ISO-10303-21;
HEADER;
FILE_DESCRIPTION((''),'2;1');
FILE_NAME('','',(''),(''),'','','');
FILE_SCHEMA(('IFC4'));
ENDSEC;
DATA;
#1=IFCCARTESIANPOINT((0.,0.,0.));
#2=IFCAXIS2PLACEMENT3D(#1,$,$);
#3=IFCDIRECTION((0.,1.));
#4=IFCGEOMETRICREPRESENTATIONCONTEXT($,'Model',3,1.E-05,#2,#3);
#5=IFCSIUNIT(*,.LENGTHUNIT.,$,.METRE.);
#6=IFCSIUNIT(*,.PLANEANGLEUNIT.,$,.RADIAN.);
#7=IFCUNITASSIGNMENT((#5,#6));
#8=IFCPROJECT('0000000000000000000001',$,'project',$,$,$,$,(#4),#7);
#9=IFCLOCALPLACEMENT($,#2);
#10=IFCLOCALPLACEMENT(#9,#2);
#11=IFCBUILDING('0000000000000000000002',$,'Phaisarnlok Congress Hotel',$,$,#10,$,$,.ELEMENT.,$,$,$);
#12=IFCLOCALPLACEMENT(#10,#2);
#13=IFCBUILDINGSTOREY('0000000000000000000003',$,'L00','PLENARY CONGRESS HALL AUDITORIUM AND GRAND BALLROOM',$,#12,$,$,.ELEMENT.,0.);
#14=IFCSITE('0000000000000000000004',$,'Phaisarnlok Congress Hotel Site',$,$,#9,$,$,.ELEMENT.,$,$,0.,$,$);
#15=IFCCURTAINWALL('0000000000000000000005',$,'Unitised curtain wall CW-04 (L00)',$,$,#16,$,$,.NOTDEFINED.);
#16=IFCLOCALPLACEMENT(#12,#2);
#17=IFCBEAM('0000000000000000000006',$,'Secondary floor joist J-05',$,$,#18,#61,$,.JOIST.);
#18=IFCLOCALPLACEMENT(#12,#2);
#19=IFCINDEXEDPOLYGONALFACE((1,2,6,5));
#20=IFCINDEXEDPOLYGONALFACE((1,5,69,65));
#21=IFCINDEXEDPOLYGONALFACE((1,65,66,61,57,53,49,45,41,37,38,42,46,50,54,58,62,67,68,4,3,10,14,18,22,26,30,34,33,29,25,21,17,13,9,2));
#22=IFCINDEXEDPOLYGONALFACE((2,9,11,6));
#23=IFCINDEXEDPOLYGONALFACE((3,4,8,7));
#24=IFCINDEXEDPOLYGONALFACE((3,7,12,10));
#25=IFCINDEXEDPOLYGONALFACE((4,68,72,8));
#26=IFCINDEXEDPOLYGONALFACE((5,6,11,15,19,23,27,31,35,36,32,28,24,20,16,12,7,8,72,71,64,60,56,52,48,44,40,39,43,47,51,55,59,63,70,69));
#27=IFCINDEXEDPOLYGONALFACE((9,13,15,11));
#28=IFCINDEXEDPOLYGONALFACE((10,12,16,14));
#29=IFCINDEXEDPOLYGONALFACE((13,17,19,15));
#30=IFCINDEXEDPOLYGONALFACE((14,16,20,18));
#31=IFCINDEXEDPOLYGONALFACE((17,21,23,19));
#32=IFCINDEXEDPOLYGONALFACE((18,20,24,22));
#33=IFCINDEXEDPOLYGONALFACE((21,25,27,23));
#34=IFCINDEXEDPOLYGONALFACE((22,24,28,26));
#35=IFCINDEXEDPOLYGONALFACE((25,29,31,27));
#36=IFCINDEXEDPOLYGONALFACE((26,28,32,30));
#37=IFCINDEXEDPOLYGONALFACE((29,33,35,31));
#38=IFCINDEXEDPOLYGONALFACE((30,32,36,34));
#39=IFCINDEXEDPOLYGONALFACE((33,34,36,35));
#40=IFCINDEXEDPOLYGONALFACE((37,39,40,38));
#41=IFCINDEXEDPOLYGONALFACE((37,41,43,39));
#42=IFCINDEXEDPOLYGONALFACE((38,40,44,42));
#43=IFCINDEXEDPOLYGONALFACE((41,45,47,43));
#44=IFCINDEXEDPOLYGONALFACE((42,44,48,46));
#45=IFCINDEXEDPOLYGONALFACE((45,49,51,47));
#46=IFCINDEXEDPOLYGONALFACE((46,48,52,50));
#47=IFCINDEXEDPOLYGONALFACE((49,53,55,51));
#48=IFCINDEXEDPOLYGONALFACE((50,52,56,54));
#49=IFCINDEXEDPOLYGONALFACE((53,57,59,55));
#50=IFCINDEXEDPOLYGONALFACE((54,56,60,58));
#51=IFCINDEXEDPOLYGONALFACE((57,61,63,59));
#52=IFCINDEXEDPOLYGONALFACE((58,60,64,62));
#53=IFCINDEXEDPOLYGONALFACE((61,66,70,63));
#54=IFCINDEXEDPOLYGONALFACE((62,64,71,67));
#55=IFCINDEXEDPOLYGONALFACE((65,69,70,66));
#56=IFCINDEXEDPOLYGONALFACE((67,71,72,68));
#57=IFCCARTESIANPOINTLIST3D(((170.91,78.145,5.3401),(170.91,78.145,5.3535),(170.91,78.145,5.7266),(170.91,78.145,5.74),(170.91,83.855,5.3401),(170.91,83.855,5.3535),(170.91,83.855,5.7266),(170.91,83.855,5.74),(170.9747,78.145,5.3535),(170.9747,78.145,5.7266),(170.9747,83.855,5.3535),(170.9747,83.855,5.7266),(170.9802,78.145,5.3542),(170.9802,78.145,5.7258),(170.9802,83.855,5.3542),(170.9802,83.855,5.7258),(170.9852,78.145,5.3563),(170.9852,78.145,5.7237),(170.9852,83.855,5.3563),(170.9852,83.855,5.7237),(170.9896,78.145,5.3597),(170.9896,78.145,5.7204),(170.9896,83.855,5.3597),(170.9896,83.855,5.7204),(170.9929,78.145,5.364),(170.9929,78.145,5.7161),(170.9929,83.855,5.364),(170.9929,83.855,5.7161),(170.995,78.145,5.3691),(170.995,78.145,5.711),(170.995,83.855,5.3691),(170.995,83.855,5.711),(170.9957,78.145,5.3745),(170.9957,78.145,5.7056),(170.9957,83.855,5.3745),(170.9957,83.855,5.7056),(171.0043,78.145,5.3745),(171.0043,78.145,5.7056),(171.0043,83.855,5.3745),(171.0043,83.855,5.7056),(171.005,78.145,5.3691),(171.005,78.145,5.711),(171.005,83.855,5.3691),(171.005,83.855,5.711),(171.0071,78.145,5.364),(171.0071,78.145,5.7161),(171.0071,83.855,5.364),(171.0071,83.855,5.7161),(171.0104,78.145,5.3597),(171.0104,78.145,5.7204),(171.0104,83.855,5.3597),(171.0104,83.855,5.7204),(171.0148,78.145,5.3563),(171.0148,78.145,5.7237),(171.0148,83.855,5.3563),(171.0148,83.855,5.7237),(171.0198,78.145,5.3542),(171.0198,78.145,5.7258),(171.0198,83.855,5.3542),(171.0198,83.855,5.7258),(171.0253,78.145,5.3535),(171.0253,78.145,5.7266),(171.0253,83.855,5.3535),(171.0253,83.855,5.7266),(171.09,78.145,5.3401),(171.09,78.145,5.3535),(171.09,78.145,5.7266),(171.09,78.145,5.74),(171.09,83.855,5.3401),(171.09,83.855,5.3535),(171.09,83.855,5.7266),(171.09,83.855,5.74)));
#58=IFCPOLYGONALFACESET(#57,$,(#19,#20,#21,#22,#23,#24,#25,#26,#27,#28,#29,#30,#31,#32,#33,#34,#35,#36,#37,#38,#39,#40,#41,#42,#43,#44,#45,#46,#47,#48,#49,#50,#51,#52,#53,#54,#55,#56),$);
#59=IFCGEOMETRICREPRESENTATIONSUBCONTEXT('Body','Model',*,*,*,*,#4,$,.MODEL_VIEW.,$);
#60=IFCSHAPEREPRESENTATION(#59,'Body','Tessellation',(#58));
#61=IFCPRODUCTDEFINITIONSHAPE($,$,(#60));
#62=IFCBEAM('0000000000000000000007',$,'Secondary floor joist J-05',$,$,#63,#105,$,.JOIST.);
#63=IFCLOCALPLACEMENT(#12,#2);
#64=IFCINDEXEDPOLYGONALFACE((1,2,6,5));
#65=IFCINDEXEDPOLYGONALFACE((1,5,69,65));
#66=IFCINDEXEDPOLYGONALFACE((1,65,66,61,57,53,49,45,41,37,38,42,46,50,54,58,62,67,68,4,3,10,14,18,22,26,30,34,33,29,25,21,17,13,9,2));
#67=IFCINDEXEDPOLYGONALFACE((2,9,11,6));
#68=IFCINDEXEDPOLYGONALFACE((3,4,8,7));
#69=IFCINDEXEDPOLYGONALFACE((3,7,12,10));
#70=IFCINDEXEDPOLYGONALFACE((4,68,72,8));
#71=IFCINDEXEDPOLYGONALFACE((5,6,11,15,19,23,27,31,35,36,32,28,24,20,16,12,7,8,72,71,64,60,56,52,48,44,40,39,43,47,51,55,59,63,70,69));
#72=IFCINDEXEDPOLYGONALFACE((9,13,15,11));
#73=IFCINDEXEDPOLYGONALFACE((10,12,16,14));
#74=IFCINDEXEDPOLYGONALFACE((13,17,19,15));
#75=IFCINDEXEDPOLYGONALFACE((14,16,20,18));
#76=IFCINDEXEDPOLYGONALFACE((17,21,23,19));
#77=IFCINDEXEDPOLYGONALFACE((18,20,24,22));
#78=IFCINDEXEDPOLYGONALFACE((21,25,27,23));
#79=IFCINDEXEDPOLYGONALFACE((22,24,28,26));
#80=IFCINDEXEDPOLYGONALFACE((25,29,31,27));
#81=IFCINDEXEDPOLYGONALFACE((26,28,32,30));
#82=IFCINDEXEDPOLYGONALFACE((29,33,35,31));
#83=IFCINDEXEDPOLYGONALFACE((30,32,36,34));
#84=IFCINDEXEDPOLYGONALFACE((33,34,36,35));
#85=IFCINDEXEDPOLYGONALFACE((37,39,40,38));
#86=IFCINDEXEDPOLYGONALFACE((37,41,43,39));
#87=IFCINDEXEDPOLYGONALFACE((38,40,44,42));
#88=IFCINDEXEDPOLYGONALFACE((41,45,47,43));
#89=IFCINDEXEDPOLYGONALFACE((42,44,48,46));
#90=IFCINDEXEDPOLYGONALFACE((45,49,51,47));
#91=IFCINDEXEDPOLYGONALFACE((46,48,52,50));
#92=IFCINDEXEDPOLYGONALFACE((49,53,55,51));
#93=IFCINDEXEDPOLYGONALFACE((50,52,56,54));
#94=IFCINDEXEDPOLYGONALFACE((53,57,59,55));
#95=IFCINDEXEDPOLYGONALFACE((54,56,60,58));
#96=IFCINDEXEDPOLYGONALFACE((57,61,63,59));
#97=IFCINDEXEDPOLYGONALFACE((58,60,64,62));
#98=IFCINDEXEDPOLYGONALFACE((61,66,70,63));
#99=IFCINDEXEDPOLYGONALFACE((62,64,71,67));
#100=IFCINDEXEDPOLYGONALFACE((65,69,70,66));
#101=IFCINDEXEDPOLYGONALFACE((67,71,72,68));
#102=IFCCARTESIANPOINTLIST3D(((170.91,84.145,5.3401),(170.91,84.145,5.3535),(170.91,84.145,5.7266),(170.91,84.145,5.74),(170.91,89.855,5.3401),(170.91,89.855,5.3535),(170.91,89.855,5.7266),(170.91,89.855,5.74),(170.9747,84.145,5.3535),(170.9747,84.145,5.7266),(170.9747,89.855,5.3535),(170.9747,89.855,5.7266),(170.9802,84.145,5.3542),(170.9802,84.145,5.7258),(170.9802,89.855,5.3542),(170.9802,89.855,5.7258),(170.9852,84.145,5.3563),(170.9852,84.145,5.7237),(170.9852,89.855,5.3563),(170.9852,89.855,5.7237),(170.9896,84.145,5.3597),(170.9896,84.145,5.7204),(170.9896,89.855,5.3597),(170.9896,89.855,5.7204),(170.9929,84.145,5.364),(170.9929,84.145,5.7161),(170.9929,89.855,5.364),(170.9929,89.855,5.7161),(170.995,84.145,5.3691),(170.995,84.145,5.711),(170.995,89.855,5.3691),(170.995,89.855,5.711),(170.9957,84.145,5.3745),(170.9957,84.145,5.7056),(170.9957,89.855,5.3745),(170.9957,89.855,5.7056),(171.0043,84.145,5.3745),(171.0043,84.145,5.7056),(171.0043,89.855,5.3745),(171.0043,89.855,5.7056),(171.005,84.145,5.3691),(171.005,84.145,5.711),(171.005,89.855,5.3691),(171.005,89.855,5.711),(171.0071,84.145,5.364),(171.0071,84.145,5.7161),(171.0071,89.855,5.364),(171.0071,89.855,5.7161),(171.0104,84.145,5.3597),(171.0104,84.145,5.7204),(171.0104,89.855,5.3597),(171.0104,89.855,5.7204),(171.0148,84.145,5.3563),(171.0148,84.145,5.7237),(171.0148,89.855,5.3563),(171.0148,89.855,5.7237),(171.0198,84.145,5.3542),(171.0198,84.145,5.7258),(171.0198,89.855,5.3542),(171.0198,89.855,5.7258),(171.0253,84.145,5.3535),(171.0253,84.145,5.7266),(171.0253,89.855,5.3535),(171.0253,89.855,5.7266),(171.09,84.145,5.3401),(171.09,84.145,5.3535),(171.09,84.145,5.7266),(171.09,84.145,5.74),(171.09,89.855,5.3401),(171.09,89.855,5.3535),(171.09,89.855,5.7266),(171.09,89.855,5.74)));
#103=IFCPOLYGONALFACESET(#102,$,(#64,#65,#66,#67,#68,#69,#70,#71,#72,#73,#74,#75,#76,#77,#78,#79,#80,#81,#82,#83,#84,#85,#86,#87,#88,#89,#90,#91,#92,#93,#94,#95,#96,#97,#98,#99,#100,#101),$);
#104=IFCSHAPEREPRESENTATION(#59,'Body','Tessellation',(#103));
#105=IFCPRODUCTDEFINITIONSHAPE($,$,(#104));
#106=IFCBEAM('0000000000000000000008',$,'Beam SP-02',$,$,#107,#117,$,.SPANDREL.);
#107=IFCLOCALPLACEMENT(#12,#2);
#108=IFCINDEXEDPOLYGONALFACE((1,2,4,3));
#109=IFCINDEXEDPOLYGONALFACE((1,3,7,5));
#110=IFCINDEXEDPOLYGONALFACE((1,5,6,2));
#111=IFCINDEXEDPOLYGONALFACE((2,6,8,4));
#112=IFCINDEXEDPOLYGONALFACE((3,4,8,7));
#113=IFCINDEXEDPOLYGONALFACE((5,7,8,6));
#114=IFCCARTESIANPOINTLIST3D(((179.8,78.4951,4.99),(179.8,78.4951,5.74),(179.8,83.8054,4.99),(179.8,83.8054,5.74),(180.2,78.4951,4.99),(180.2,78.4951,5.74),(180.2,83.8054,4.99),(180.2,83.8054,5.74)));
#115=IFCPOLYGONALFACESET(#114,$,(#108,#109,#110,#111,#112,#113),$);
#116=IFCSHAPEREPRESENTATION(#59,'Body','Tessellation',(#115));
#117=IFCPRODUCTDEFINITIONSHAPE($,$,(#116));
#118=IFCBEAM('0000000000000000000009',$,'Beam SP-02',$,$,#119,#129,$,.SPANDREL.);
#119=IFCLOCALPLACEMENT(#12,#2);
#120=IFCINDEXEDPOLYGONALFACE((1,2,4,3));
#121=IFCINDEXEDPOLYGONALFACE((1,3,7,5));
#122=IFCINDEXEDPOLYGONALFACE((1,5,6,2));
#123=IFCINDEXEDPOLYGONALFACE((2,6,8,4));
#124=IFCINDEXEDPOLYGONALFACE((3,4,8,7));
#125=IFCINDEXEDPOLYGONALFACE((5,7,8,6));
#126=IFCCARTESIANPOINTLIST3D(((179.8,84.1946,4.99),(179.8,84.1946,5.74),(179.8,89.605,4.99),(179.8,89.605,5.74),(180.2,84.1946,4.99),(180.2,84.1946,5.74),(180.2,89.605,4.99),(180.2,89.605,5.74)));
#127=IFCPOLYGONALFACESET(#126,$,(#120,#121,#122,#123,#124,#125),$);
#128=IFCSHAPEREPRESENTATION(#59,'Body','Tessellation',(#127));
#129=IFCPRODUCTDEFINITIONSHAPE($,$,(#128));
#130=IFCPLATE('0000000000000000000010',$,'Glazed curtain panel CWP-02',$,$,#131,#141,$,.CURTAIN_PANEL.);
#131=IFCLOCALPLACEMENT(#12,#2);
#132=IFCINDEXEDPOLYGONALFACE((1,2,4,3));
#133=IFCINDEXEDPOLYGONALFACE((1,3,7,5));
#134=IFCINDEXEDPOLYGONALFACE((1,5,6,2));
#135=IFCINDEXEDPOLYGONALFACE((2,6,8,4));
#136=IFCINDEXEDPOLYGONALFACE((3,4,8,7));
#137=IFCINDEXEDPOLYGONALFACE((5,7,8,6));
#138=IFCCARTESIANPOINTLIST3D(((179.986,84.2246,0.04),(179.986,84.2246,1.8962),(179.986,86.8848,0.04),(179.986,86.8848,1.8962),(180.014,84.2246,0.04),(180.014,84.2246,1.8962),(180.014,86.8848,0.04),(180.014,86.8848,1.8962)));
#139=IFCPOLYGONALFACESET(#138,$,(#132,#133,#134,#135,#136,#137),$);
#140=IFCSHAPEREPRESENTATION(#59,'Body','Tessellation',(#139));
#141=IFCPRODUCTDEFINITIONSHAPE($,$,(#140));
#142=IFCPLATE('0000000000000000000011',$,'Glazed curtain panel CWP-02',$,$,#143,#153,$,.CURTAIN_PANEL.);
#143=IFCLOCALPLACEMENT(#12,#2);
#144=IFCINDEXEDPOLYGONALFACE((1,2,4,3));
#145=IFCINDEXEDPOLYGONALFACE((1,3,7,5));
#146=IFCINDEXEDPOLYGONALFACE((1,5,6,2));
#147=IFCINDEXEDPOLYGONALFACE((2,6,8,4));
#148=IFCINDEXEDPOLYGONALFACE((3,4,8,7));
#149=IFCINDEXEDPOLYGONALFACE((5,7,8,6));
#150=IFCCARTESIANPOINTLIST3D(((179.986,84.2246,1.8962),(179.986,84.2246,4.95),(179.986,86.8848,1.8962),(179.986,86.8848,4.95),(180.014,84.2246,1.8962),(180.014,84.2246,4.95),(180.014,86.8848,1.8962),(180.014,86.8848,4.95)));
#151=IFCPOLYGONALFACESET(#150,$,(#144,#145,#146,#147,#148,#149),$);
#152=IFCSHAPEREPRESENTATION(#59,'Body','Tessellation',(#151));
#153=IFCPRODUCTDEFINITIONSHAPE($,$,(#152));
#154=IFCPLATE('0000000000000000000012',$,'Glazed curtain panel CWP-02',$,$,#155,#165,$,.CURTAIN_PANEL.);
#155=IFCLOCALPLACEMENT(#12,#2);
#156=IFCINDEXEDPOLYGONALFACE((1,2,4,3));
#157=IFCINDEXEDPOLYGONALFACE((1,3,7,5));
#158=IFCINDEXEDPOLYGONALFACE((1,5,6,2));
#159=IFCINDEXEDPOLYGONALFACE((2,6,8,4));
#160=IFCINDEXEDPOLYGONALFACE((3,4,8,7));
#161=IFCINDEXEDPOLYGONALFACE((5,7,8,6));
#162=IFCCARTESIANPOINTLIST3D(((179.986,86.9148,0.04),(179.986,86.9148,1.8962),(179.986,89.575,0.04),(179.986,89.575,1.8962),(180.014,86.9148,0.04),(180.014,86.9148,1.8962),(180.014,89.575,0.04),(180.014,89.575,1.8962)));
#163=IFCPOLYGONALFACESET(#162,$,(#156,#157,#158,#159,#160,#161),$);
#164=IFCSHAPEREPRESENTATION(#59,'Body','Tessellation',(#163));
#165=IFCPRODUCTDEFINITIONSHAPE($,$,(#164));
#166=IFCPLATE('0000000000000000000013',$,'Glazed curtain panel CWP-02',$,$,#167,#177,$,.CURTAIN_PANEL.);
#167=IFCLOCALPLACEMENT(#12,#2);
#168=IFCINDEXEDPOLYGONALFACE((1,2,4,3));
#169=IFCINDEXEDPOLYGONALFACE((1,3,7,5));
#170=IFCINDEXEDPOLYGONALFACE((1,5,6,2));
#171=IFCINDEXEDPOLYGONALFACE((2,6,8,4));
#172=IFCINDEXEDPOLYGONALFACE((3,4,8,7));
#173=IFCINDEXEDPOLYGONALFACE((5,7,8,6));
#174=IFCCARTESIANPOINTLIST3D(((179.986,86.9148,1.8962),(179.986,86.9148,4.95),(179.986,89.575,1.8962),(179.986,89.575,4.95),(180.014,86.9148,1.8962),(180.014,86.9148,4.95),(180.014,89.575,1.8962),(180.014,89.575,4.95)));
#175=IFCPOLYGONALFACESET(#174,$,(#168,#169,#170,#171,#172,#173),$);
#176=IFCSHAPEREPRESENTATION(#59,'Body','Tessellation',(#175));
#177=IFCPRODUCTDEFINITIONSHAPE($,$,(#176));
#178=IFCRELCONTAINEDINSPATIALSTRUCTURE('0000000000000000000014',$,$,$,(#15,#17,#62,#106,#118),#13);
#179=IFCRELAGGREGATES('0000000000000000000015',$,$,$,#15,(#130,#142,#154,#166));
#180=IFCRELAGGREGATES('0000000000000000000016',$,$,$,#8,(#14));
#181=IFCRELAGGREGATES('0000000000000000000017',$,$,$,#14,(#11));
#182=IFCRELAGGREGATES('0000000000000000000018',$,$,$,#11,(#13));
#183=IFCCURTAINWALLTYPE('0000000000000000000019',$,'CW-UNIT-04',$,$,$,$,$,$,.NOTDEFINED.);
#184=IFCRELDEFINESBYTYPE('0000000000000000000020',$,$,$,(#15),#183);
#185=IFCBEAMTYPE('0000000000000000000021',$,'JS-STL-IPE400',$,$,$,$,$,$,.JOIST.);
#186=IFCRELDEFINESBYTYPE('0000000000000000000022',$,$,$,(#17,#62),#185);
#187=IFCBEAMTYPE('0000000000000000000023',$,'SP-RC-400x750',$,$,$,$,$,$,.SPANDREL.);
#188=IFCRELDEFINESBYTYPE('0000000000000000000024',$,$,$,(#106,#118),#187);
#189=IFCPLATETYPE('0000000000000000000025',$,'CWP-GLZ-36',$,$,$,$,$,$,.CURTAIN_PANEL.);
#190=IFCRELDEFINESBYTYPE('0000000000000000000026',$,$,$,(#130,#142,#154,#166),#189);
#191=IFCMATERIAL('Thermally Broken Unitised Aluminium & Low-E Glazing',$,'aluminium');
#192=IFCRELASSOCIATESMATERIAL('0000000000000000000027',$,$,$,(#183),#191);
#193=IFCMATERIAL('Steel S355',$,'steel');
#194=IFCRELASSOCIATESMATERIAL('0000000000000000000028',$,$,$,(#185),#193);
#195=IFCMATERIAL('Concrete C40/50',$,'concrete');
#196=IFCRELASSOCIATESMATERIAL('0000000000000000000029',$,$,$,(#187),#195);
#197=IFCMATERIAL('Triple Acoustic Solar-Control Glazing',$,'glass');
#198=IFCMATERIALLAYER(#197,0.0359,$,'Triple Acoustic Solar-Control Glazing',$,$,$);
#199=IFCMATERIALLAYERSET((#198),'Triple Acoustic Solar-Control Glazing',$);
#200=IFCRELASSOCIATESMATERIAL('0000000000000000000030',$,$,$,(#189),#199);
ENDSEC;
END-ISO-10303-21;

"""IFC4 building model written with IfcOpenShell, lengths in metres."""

from ifc_helpers import new_model, si_unit, direction, frame, frame_2d, origin, origin_2d, place, context, subcontext, project, spatial, rectangle, i_section, extrude, material, layer, layer_set, material_profile, profile_set, type_object, element, aggregate, save


model = new_model("IFC4")

# Units and contexts
model_context = context("Model", 3, precision=1e-05, world=origin(), true_north=direction((0.0, 1.0)))
body_context = subcontext(model_context, "Body", "Model", "MODEL_VIEW")
ifc_project = project(units=[si_unit("LENGTHUNIT", "METRE"), si_unit("PLANEANGLEUNIT", "RADIAN")], contexts=[model_context])

# Site, building, storey
site_placement = place(None, origin())
site = spatial("IfcSite", under=ifc_project, at=site_placement, Name="Phaisarnlok Congress Hotel Site", CompositionType="ELEMENT", RefElevation=0.0)
building_placement = place(site_placement, origin())
building = spatial("IfcBuilding", under=site, at=building_placement, Name="Phaisarnlok Congress Hotel", CompositionType="ELEMENT")
storey_placement = place(building_placement, origin())
storey = spatial("IfcBuildingStorey", under=building, at=storey_placement, Name="L00", Description="PLENARY CONGRESS HALL AUDITORIUM AND GRAND BALLROOM", CompositionType="ELEMENT", Elevation=0.0)

# Shared definitions
ifc_material_1 = material(Name="Steel S355", Category="steel")

# Shared definitions
ifc_material_2 = material(Name="Concrete C40/50", Category="concrete")

# Curtain wall
ifc_material_3 = material(Name="Thermally Broken Unitised Aluminium & Low-E Glazing", Category="aluminium")
curtain_wall_type = type_object("IfcCurtainWallType", Name="CW-UNIT-04", PredefinedType="NOTDEFINED", material=ifc_material_3)
curtain_wall_placement = place(storey_placement, origin())
curtain_wall = element("IfcCurtainWall", 1, at=curtain_wall_placement, inside=storey, type_object=curtain_wall_type, Name="Unitised curtain wall CW-04 (L00)", PredefinedType="NOTDEFINED")

# Beams
ifc_material_profile_1 = material_profile(ifc_material_1, i_section(OverallWidth=0.1799, OverallDepth=0.3999, WebThickness=0.0085, FlangeThickness=0.0134, FilletRadius=0.021, at=origin_2d()), Name="IPE 400")
ifc_profile_set_1 = profile_set([ifc_material_profile_1], Name="Steel S355")
beam_type_1 = type_object("IfcBeamType", Name="JS-STL-IPE400", PredefinedType="JOIST", material=ifc_profile_set_1)
for number, where, z_axis, x_axis, name in (
    (2, (171.0, 78.145, 5.54), (0.0, 1.0, 0.0), (-1.0, 0.0, 0.0), "Secondary floor joist J-05"),
    (3, (171.0, 84.145, 5.54), (0.0, 1.0, 0.0), (-1.0, 0.0, 0.0), "Secondary floor joist J-05"),
):
    element("IfcBeam", number, at=place(storey_placement, frame(where, z_axis=z_axis, x_axis=x_axis)), inside=storey, type_object=beam_type_1, Name=name, PredefinedType="JOIST", context=body_context, shape_type="SweptSolid", body=[
        extrude(i_section(OverallWidth=0.1799, OverallDepth=0.3999, WebThickness=0.0085, FlangeThickness=0.0134, FilletRadius=0.021, at=origin_2d()), origin(), (0.0, 0.0, 1.0), 5.71),
    ])
ifc_material_profile_2 = material_profile(ifc_material_2, rectangle(XDim=0.3999, YDim=0.75, at=origin_2d()), Name="RC 400x750")
ifc_profile_set_2 = profile_set([ifc_material_profile_2], Name="Concrete C40/50")
beam_type_2 = type_object("IfcBeamType", Name="SP-RC-400x750", PredefinedType="SPANDREL", material=ifc_profile_set_2)
beam_1_placement = place(storey_placement, frame((180.0, 78.4951, 5.365), z_axis=(0.0, 1.0, 0.0), x_axis=(-1.0, 0.0, 0.0)))
element("IfcBeam", 4, at=beam_1_placement, inside=storey, type_object=beam_type_2, Name="Beam SP-02", PredefinedType="SPANDREL", context=body_context, shape_type="SweptSolid", body=[
    extrude(rectangle(XDim=0.3999, YDim=0.75, at=origin_2d()), origin(), (0.0, 0.0, 1.0), 5.3103),
])
beam_2_placement = place(storey_placement, frame((180.0, 84.1946, 5.365), z_axis=(0.0, 1.0, 0.0), x_axis=(-1.0, 0.0, 0.0)))
element("IfcBeam", 5, at=beam_2_placement, inside=storey, type_object=beam_type_2, Name="Beam SP-02", PredefinedType="SPANDREL", context=body_context, shape_type="SweptSolid", body=[
    extrude(rectangle(XDim=0.3999, YDim=0.75, at=origin_2d()), origin(), (0.0, 0.0, 1.0), 5.4104),
])

# Plates
ifc_material_4 = material(Name="Triple Acoustic Solar-Control Glazing", Category="glass")
ifc_layer_1 = layer(ifc_material_4, 0.0359, Name="Triple Acoustic Solar-Control Glazing")
ifc_layer_set_1 = layer_set([ifc_layer_1], Name="Triple Acoustic Solar-Control Glazing")
plate_type = type_object("IfcPlateType", Name="CWP-GLZ-36", PredefinedType="CURTAIN_PANEL", material=ifc_layer_set_1)
plate_1_placement = place(storey_placement, frame((180.0, 84.2246, 0.04), z_axis=(0.0, 0.0, 1.0), x_axis=(0.0, 1.0, 0.0)))
plate_1 = element("IfcPlate", 6, at=plate_1_placement, type_object=plate_type, Name="Glazed curtain panel CWP-02", PredefinedType="CURTAIN_PANEL", context=body_context, shape_type="SweptSolid", body=[
    extrude(rectangle(XDim=2.6602, YDim=0.0281, at=frame_2d((1.3301, 0.0))), origin(), (0.0, 0.0, 1.0), 1.8562),
])
plate_2_placement = place(storey_placement, frame((180.0, 84.2246, 1.8962), z_axis=(0.0, 0.0, 1.0), x_axis=(0.0, 1.0, 0.0)))
plate_2 = element("IfcPlate", 7, at=plate_2_placement, type_object=plate_type, Name="Glazed curtain panel CWP-02", PredefinedType="CURTAIN_PANEL", context=body_context, shape_type="SweptSolid", body=[
    extrude(rectangle(XDim=2.6602, YDim=0.0281, at=frame_2d((1.3301, 0.0))), origin(), (0.0, 0.0, 1.0), 3.0537),
])
plate_3_placement = place(storey_placement, frame((180.0, 86.9148, 0.04), z_axis=(0.0, 0.0, 1.0), x_axis=(0.0, 1.0, 0.0)))
plate_3 = element("IfcPlate", 8, at=plate_3_placement, type_object=plate_type, Name="Glazed curtain panel CWP-02", PredefinedType="CURTAIN_PANEL", context=body_context, shape_type="SweptSolid", body=[
    extrude(rectangle(XDim=2.6602, YDim=0.0281, at=frame_2d((1.3301, 0.0))), origin(), (0.0, 0.0, 1.0), 1.8562),
])
plate_4_placement = place(storey_placement, frame((180.0, 86.9148, 1.8962), z_axis=(0.0, 0.0, 1.0), x_axis=(0.0, 1.0, 0.0)))
plate_4 = element("IfcPlate", 9, at=plate_4_placement, type_object=plate_type, Name="Glazed curtain panel CWP-02", PredefinedType="CURTAIN_PANEL", context=body_context, shape_type="SweptSolid", body=[
    extrude(rectangle(XDim=2.6602, YDim=0.0281, at=frame_2d((1.3301, 0.0))), origin(), (0.0, 0.0, 1.0), 3.0537),
])
aggregate(curtain_wall, [plate_1, plate_2, plate_3, plate_4])

save(model, "model.ifc")
